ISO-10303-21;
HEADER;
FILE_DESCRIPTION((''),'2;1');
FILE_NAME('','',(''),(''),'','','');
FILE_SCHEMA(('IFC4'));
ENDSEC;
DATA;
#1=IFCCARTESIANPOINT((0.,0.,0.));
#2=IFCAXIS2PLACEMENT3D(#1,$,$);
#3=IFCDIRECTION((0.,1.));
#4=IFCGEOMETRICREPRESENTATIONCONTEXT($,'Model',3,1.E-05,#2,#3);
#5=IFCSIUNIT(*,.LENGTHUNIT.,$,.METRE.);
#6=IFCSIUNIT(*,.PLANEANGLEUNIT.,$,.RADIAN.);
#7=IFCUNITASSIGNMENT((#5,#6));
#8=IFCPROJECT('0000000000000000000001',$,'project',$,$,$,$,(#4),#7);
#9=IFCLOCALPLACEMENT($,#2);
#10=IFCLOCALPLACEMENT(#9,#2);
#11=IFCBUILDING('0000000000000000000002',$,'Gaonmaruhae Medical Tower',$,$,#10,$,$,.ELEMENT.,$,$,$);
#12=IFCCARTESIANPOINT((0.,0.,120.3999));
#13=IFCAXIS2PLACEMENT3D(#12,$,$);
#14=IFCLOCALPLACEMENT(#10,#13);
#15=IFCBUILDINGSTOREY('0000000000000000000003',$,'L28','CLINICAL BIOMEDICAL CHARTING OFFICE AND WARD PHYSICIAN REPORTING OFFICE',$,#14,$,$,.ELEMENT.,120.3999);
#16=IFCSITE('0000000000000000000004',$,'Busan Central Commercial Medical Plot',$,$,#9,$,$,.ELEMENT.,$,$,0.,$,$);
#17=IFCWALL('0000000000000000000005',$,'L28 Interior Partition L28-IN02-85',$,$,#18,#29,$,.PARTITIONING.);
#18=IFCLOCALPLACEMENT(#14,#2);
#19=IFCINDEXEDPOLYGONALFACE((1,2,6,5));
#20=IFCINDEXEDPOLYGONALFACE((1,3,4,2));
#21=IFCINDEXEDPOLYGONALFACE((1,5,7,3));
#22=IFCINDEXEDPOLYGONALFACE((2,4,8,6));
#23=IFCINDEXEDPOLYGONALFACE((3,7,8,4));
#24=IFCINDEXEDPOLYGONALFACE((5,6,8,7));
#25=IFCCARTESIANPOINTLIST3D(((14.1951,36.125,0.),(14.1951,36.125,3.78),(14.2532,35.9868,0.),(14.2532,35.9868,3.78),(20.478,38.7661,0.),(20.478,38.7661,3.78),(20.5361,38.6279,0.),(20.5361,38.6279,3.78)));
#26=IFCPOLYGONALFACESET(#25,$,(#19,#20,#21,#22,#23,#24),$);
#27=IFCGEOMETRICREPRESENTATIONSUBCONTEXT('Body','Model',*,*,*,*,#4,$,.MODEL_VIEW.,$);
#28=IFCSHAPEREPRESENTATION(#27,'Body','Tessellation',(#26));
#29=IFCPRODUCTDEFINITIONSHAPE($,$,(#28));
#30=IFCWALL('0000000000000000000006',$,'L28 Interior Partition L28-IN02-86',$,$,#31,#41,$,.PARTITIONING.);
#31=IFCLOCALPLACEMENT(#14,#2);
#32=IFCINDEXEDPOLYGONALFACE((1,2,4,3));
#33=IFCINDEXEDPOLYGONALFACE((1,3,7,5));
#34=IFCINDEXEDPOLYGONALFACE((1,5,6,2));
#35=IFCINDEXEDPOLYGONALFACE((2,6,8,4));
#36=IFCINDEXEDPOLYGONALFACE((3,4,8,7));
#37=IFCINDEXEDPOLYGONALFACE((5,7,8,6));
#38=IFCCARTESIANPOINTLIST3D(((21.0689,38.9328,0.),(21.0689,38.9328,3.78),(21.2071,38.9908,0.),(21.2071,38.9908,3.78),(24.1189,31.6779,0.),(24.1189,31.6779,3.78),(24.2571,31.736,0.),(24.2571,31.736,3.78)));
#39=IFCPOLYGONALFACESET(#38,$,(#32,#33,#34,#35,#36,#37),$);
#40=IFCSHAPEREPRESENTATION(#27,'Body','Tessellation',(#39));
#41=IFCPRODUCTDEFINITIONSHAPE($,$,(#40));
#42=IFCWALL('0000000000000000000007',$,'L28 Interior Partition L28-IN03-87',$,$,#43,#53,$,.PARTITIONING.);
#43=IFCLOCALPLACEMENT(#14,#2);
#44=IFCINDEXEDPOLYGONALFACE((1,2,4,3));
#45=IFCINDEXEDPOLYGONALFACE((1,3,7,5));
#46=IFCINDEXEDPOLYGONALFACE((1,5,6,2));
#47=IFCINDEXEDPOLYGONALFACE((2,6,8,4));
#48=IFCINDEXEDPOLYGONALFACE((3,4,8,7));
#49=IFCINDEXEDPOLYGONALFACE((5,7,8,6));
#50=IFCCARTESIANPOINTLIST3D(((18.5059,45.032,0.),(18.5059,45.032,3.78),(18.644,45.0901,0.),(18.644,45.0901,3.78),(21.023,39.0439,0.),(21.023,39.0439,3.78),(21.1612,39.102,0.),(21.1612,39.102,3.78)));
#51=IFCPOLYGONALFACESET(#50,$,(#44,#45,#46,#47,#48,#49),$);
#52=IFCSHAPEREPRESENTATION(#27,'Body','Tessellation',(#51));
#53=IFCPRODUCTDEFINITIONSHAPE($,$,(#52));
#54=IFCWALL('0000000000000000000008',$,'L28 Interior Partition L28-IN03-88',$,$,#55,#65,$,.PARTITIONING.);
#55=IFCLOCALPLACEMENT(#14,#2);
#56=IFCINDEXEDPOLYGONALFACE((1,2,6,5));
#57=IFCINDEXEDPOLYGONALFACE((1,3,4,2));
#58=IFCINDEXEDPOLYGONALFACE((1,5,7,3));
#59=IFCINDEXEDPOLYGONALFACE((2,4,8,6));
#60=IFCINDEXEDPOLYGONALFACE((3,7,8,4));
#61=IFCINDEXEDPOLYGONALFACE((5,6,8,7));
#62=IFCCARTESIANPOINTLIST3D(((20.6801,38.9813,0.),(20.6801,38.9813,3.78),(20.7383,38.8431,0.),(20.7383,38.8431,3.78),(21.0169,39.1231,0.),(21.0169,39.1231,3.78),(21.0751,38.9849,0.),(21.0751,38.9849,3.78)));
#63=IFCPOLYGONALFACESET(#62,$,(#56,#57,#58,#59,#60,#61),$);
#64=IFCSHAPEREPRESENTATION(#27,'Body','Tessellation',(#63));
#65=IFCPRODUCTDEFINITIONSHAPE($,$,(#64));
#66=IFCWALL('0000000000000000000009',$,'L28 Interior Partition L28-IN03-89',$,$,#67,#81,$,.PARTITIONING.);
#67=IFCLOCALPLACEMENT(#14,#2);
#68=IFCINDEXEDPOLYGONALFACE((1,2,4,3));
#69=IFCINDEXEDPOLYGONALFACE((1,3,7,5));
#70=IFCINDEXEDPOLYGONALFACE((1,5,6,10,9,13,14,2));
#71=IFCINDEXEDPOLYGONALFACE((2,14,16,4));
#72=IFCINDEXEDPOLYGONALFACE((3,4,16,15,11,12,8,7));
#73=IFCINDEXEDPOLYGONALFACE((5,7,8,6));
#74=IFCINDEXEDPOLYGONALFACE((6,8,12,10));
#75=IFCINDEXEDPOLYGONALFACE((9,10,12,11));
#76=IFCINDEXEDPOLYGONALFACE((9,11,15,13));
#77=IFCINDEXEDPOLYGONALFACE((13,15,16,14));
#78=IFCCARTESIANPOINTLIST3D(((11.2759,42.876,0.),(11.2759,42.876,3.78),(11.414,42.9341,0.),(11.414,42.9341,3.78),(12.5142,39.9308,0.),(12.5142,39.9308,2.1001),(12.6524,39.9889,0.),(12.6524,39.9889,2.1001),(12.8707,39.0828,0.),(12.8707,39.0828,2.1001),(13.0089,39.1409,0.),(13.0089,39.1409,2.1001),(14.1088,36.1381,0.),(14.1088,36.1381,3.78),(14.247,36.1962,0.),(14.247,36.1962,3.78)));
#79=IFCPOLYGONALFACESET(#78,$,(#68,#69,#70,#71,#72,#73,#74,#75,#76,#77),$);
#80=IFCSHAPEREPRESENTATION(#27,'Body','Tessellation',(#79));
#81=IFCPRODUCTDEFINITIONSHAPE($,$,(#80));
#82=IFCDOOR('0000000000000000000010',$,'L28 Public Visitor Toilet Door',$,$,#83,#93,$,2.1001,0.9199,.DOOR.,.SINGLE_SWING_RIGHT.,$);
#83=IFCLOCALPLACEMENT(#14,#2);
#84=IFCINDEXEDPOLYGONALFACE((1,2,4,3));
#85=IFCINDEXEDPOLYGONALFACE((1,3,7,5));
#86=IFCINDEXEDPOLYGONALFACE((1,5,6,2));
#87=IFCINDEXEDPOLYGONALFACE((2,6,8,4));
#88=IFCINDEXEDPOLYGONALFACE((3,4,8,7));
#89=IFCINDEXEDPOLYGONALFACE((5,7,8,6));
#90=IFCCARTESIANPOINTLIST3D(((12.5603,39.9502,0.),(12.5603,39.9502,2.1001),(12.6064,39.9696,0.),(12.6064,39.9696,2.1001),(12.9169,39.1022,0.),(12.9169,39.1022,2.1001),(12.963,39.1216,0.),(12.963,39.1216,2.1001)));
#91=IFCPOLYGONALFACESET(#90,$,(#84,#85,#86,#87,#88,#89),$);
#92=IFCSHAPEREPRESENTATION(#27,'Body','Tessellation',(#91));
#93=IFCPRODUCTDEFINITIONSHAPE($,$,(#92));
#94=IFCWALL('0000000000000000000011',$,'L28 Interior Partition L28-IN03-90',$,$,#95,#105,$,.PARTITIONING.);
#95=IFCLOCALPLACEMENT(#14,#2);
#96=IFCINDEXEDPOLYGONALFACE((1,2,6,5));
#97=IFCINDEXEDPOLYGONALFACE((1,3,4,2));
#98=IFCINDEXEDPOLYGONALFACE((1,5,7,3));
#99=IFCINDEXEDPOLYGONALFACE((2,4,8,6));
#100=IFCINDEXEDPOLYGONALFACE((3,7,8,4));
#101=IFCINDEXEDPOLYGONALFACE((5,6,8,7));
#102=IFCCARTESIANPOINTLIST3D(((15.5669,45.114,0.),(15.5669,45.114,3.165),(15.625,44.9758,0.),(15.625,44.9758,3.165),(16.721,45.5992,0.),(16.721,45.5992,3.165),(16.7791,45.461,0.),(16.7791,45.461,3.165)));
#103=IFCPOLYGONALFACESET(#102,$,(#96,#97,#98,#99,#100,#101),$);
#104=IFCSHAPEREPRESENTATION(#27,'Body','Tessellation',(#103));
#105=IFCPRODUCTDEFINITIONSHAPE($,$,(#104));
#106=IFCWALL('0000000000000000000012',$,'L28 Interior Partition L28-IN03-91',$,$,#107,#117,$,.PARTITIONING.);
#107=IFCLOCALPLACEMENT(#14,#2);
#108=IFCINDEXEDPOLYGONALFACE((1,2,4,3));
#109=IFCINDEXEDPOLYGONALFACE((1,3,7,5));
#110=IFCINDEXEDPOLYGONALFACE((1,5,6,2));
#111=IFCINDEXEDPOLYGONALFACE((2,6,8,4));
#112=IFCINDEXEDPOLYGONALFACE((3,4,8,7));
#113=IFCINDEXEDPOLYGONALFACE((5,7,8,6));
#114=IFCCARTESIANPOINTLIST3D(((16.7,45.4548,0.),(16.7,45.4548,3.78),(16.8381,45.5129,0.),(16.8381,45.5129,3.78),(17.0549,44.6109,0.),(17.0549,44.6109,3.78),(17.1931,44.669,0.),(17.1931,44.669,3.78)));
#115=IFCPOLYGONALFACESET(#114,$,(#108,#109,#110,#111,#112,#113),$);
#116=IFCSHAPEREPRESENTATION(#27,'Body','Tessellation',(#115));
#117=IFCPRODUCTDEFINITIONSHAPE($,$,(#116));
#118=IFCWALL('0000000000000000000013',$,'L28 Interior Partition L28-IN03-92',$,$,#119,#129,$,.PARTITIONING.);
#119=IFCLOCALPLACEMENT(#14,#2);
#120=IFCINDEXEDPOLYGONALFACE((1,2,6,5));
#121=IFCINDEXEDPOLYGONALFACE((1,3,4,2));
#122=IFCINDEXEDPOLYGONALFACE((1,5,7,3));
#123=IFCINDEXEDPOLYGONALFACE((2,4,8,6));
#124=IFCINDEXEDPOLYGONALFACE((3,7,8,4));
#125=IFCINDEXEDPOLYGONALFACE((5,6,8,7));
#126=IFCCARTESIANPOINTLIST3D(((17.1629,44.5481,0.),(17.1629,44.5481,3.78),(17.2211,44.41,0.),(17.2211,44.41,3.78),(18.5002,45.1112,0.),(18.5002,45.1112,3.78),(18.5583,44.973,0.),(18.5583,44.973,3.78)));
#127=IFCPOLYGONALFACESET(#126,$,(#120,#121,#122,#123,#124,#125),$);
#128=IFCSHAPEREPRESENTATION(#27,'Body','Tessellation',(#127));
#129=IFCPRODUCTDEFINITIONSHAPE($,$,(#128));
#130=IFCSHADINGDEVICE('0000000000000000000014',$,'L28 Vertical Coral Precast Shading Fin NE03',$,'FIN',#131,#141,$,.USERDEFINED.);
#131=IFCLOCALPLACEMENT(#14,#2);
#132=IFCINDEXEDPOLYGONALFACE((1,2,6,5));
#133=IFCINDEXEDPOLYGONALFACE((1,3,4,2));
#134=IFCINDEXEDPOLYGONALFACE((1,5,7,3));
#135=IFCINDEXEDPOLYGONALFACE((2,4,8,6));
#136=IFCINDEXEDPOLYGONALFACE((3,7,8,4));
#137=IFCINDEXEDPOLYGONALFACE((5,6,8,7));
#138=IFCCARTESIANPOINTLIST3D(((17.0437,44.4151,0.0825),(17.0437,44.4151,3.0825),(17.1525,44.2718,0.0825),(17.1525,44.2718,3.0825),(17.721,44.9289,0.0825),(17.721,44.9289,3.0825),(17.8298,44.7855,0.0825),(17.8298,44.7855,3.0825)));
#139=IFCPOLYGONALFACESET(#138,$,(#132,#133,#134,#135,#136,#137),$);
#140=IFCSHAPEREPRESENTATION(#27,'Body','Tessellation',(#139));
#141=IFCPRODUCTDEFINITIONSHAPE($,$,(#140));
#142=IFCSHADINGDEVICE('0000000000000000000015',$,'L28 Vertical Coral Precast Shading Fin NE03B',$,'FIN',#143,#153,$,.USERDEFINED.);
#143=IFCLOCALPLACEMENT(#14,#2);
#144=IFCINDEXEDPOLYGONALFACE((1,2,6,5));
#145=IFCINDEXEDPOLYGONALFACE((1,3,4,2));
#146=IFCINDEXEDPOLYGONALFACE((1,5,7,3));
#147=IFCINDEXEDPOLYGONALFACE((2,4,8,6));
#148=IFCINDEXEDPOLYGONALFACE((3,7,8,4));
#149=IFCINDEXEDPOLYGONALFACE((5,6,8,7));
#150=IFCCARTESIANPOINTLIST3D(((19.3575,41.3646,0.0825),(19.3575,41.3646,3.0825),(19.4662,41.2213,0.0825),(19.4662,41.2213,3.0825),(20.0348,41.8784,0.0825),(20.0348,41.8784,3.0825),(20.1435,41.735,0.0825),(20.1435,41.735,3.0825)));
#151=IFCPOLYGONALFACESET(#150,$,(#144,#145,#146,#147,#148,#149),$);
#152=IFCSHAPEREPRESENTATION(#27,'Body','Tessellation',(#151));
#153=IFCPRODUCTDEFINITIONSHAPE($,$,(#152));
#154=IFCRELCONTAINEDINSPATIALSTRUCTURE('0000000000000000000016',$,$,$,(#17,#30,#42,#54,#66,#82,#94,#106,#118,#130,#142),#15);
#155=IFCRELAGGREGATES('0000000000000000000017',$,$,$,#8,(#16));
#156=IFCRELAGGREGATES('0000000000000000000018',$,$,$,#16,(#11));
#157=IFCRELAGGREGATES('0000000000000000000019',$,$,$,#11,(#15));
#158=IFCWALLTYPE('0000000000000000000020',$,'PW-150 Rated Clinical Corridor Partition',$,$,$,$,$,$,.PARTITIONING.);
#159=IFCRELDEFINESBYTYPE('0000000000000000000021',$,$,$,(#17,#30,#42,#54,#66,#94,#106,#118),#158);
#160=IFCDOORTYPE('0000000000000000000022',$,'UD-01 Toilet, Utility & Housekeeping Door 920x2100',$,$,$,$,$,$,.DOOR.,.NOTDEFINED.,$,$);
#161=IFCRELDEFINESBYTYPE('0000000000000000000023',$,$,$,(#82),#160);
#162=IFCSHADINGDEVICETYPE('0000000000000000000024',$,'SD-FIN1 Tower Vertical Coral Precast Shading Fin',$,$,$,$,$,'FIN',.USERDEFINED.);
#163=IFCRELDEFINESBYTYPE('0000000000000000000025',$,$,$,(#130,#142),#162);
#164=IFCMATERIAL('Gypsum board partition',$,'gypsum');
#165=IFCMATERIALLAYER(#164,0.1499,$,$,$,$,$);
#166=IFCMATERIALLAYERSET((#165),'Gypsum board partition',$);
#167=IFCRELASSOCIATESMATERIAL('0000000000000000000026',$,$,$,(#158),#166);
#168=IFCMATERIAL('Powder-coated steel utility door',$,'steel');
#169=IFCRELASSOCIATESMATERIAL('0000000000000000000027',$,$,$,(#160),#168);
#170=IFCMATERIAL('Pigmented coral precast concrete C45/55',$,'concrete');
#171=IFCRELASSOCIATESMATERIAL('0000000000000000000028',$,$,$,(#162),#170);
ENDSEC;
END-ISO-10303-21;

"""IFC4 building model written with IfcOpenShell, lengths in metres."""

from ifc_helpers import new_model, si_unit, direction, frame, frame_2d, origin, origin_2d, place, context, subcontext, project, spatial, rectangle, extrude, material, layer, layer_set, type_object, element, fill, save


model = new_model("IFC4")

# Units and contexts
model_context = context("Model", 3, precision=1e-05, world=origin(), true_north=direction((0.0, 1.0)))
body_context = subcontext(model_context, "Body", "Model", "MODEL_VIEW")
ifc_project = project(units=[si_unit("LENGTHUNIT", "METRE"), si_unit("PLANEANGLEUNIT", "RADIAN")], contexts=[model_context])

# Site, building, storey
site_placement = place(None, origin())
site = spatial("IfcSite", under=ifc_project, at=site_placement, Name="Busan Central Commercial Medical Plot", CompositionType="ELEMENT", RefElevation=0.0)
building_placement = place(site_placement, origin())
building = spatial("IfcBuilding", under=site, at=building_placement, Name="Gaonmaruhae Medical Tower", CompositionType="ELEMENT")
storey_placement = place(building_placement, frame((0.0, 0.0, 120.3999)))
storey = spatial("IfcBuildingStorey", under=building, at=storey_placement, Name="L28", Description="CLINICAL BIOMEDICAL CHARTING OFFICE AND WARD PHYSICIAN REPORTING OFFICE", CompositionType="ELEMENT", Elevation=120.3999)

# Shared definitions
ifc_material_1 = material(Name="Gypsum board partition", Category="gypsum")
ifc_layer_1 = layer(ifc_material_1, 0.1499)
ifc_layer_set_1 = layer_set([ifc_layer_1], Name="Gypsum board partition")
wall_type_1 = type_object("IfcWallType", Name="PW-150 Rated Clinical Corridor Partition", PredefinedType="PARTITIONING", material=ifc_layer_set_1)

# Walls
wall_1_placement = place(storey_placement, frame((14.2241, 36.0559, 0.0), z_axis=(0.0, 0.0, 1.0), x_axis=(0.921863, 0.387516, 0.0)))
element("IfcWall", 1, at=wall_1_placement, inside=storey, type_object=wall_type_1, Name="L28 Interior Partition L28-IN02-85", PredefinedType="PARTITIONING", context=body_context, shape_type="SweptSolid", body=[
    extrude(rectangle(XDim=6.8154, YDim=0.1499, at=frame_2d((3.4077, 0.0))), origin(), (0.0, 0.0, 1.0), 3.78),
])
wall_2_placement = place(storey_placement, frame((21.1379, 38.9619, 0.0), z_axis=(0.0, 0.0, 1.0), x_axis=(0.387556, -0.921846, 0.0)))
element("IfcWall", 2, at=wall_2_placement, inside=storey, type_object=wall_type_1, Name="L28 Interior Partition L28-IN02-86", PredefinedType="PARTITIONING", context=body_context, shape_type="SweptSolid", body=[
    extrude(rectangle(XDim=7.8699, YDim=0.1499, at=frame_2d((3.9351, 0.0))), origin(), (0.0, 0.0, 1.0), 3.78),
])
wall_3_placement = place(storey_placement, frame((18.575, 45.061, 0.0), z_axis=(0.0, 0.0, 1.0), x_axis=(0.387509, -0.921866, 0.0)))
element("IfcWall", 3, at=wall_3_placement, inside=storey, type_object=wall_type_1, Name="L28 Interior Partition L28-IN03-87", PredefinedType="PARTITIONING", context=body_context, shape_type="SweptSolid", body=[
    extrude(rectangle(XDim=6.4956, YDim=0.1499, at=frame_2d((3.2478, 0.0))), origin(), (0.0, 0.0, 1.0), 3.78),
])
wall_4_placement = place(storey_placement, frame((21.0459, 39.054, 0.0), z_axis=(0.0, 0.0, 1.0), x_axis=(-0.921648, -0.388027, 0.0)))
element("IfcWall", 4, at=wall_4_placement, inside=storey, type_object=wall_type_1, Name="L28 Interior Partition L28-IN03-88", PredefinedType="PARTITIONING", context=body_context, shape_type="SweptSolid", body=[
    extrude(rectangle(XDim=0.3655, YDim=0.1499, at=frame_2d((0.1826, 0.0))), origin(), (0.0, 0.0, 1.0), 3.78),
])

# Wall, opening, door
wall_5_placement = place(storey_placement, frame((14.178, 36.167, 0.0), z_axis=(0.0, 0.0, 1.0), x_axis=(-0.387585, 0.921834, 0.0)))
wall_5 = element("IfcWall", 5, at=wall_5_placement, inside=storey, type_object=wall_type_1, Name="L28 Interior Partition L28-IN03-89", PredefinedType="PARTITIONING", context=body_context, shape_type="SweptSolid", body=[
    extrude(rectangle(XDim=7.3093, YDim=0.1499, at=frame_2d((3.6548, 0.0))), origin(), (0.0, 0.0, 1.0), 3.78),
])
opening_1_placement = place(wall_5_placement, frame((3.1946, 0.0, 0.0)))
opening_1 = element("IfcOpeningElement", 6, at=opening_1_placement, cuts=wall_5, PredefinedType="OPENING", context=body_context, shape_type="SweptSolid", body=[
    extrude(rectangle(XDim=0.9199, YDim=2.1001, at=frame_2d((0.46, 1.05))), frame((0.0, 0.085, 0.0), z_axis=(0.0, -1.0, 0.0), x_axis=(1.0, 0.0, 0.0)), (0.0, 0.0, 1.0), 0.1699),
])
ifc_material_2 = material(Name="Powder-coated steel utility door", Category="steel")
door_type_1 = type_object("IfcDoorType", Name="UD-01 Toilet, Utility & Housekeeping Door 920x2100", OperationType="NOTDEFINED", PredefinedType="DOOR", material=ifc_material_2)
door_1_placement = place(opening_1_placement, origin())
door_1 = element("IfcDoor", 7, at=door_1_placement, inside=storey, type_object=door_type_1, Name="L28 Public Visitor Toilet Door", OperationType="SINGLE_SWING_RIGHT", OverallHeight=2.1001, OverallWidth=0.9199, PredefinedType="DOOR", context=body_context, shape_type="SweptSolid", body=[
    extrude(rectangle(XDim=0.9199, YDim=2.1001, at=frame_2d((0.46, 1.05))), frame((0.0, 0.0249, 0.0), z_axis=(0.0, -1.0, 0.0), x_axis=(1.0, 0.0, 0.0)), (0.0, 0.0, 1.0), 0.05),
])
fill(opening_1, door_1)

# Walls
wall_6_placement = place(storey_placement, frame((15.5959, 45.0449, 0.0), z_axis=(0.0, 0.0, 1.0), x_axis=(0.921866, 0.387508, 0.0)))
element("IfcWall", 8, at=wall_6_placement, inside=storey, type_object=wall_type_1, Name="L28 Interior Partition L28-IN03-90", PredefinedType="PARTITIONING", context=body_context, shape_type="SweptSolid", body=[
    extrude(rectangle(XDim=1.252, YDim=0.1499, at=frame_2d((0.626, 0.0))), origin(), (0.0, 0.0, 1.0), 3.165),
])
wall_7_placement = place(storey_placement, frame((16.769, 45.4839, 0.0), z_axis=(0.0, 0.0, 1.0), x_axis=(0.387699, -0.921786, 0.0)))
element("IfcWall", 9, at=wall_7_placement, inside=storey, type_object=wall_type_1, Name="L28 Interior Partition L28-IN03-91", PredefinedType="PARTITIONING", context=body_context, shape_type="SweptSolid", body=[
    extrude(rectangle(XDim=0.9155, YDim=0.1499, at=frame_2d((0.4578, 0.0))), origin(), (0.0, 0.0, 1.0), 3.78),
])
wall_8_placement = place(storey_placement, frame((17.1919, 44.479, 0.0), z_axis=(0.0, 0.0, 1.0), x_axis=(0.921642, 0.388042, 0.0)))
element("IfcWall", 10, at=wall_8_placement, inside=storey, type_object=wall_type_1, Name="L28 Interior Partition L28-IN03-92", PredefinedType="PARTITIONING", context=body_context, shape_type="SweptSolid", body=[
    extrude(rectangle(XDim=1.4509, YDim=0.1499, at=frame_2d((0.7256, 0.0))), origin(), (0.0, 0.0, 1.0), 3.78),
])

# Shading devices
ifc_material_3 = material(Name="Pigmented coral precast concrete C45/55", Category="concrete")
shading_device_type = type_object("IfcShadingDeviceType", Name="SD-FIN1 Tower Vertical Coral Precast Shading Fin", ElementType="FIN", PredefinedType="USERDEFINED", material=ifc_material_3)
for number, where, z_axis, x_axis, name in (
    (11, (17.4368, 44.6003, 0.0825), (0.0, 0.0, 1.0), (0.604335, -0.79673, 0.0), "L28 Vertical Coral Precast Shading Fin NE03"),
    (12, (19.7505, 41.5498, 0.0825), (0.0, 0.0, 1.0), (0.604335, -0.79673, 0.0), "L28 Vertical Coral Precast Shading Fin NE03B"),
):
    element("IfcShadingDevice", number, at=place(storey_placement, frame(where, z_axis=z_axis, x_axis=x_axis)), inside=storey, type_object=shading_device_type, Name=name, ObjectType="FIN", PredefinedType="USERDEFINED", context=body_context, shape_type="SweptSolid", body=[
        extrude(rectangle(XDim=0.1799, YDim=0.8501, at=origin_2d()), origin(), (0.0, 0.0, 1.0), 3.0),
    ])

save(model, "model.ifc")
